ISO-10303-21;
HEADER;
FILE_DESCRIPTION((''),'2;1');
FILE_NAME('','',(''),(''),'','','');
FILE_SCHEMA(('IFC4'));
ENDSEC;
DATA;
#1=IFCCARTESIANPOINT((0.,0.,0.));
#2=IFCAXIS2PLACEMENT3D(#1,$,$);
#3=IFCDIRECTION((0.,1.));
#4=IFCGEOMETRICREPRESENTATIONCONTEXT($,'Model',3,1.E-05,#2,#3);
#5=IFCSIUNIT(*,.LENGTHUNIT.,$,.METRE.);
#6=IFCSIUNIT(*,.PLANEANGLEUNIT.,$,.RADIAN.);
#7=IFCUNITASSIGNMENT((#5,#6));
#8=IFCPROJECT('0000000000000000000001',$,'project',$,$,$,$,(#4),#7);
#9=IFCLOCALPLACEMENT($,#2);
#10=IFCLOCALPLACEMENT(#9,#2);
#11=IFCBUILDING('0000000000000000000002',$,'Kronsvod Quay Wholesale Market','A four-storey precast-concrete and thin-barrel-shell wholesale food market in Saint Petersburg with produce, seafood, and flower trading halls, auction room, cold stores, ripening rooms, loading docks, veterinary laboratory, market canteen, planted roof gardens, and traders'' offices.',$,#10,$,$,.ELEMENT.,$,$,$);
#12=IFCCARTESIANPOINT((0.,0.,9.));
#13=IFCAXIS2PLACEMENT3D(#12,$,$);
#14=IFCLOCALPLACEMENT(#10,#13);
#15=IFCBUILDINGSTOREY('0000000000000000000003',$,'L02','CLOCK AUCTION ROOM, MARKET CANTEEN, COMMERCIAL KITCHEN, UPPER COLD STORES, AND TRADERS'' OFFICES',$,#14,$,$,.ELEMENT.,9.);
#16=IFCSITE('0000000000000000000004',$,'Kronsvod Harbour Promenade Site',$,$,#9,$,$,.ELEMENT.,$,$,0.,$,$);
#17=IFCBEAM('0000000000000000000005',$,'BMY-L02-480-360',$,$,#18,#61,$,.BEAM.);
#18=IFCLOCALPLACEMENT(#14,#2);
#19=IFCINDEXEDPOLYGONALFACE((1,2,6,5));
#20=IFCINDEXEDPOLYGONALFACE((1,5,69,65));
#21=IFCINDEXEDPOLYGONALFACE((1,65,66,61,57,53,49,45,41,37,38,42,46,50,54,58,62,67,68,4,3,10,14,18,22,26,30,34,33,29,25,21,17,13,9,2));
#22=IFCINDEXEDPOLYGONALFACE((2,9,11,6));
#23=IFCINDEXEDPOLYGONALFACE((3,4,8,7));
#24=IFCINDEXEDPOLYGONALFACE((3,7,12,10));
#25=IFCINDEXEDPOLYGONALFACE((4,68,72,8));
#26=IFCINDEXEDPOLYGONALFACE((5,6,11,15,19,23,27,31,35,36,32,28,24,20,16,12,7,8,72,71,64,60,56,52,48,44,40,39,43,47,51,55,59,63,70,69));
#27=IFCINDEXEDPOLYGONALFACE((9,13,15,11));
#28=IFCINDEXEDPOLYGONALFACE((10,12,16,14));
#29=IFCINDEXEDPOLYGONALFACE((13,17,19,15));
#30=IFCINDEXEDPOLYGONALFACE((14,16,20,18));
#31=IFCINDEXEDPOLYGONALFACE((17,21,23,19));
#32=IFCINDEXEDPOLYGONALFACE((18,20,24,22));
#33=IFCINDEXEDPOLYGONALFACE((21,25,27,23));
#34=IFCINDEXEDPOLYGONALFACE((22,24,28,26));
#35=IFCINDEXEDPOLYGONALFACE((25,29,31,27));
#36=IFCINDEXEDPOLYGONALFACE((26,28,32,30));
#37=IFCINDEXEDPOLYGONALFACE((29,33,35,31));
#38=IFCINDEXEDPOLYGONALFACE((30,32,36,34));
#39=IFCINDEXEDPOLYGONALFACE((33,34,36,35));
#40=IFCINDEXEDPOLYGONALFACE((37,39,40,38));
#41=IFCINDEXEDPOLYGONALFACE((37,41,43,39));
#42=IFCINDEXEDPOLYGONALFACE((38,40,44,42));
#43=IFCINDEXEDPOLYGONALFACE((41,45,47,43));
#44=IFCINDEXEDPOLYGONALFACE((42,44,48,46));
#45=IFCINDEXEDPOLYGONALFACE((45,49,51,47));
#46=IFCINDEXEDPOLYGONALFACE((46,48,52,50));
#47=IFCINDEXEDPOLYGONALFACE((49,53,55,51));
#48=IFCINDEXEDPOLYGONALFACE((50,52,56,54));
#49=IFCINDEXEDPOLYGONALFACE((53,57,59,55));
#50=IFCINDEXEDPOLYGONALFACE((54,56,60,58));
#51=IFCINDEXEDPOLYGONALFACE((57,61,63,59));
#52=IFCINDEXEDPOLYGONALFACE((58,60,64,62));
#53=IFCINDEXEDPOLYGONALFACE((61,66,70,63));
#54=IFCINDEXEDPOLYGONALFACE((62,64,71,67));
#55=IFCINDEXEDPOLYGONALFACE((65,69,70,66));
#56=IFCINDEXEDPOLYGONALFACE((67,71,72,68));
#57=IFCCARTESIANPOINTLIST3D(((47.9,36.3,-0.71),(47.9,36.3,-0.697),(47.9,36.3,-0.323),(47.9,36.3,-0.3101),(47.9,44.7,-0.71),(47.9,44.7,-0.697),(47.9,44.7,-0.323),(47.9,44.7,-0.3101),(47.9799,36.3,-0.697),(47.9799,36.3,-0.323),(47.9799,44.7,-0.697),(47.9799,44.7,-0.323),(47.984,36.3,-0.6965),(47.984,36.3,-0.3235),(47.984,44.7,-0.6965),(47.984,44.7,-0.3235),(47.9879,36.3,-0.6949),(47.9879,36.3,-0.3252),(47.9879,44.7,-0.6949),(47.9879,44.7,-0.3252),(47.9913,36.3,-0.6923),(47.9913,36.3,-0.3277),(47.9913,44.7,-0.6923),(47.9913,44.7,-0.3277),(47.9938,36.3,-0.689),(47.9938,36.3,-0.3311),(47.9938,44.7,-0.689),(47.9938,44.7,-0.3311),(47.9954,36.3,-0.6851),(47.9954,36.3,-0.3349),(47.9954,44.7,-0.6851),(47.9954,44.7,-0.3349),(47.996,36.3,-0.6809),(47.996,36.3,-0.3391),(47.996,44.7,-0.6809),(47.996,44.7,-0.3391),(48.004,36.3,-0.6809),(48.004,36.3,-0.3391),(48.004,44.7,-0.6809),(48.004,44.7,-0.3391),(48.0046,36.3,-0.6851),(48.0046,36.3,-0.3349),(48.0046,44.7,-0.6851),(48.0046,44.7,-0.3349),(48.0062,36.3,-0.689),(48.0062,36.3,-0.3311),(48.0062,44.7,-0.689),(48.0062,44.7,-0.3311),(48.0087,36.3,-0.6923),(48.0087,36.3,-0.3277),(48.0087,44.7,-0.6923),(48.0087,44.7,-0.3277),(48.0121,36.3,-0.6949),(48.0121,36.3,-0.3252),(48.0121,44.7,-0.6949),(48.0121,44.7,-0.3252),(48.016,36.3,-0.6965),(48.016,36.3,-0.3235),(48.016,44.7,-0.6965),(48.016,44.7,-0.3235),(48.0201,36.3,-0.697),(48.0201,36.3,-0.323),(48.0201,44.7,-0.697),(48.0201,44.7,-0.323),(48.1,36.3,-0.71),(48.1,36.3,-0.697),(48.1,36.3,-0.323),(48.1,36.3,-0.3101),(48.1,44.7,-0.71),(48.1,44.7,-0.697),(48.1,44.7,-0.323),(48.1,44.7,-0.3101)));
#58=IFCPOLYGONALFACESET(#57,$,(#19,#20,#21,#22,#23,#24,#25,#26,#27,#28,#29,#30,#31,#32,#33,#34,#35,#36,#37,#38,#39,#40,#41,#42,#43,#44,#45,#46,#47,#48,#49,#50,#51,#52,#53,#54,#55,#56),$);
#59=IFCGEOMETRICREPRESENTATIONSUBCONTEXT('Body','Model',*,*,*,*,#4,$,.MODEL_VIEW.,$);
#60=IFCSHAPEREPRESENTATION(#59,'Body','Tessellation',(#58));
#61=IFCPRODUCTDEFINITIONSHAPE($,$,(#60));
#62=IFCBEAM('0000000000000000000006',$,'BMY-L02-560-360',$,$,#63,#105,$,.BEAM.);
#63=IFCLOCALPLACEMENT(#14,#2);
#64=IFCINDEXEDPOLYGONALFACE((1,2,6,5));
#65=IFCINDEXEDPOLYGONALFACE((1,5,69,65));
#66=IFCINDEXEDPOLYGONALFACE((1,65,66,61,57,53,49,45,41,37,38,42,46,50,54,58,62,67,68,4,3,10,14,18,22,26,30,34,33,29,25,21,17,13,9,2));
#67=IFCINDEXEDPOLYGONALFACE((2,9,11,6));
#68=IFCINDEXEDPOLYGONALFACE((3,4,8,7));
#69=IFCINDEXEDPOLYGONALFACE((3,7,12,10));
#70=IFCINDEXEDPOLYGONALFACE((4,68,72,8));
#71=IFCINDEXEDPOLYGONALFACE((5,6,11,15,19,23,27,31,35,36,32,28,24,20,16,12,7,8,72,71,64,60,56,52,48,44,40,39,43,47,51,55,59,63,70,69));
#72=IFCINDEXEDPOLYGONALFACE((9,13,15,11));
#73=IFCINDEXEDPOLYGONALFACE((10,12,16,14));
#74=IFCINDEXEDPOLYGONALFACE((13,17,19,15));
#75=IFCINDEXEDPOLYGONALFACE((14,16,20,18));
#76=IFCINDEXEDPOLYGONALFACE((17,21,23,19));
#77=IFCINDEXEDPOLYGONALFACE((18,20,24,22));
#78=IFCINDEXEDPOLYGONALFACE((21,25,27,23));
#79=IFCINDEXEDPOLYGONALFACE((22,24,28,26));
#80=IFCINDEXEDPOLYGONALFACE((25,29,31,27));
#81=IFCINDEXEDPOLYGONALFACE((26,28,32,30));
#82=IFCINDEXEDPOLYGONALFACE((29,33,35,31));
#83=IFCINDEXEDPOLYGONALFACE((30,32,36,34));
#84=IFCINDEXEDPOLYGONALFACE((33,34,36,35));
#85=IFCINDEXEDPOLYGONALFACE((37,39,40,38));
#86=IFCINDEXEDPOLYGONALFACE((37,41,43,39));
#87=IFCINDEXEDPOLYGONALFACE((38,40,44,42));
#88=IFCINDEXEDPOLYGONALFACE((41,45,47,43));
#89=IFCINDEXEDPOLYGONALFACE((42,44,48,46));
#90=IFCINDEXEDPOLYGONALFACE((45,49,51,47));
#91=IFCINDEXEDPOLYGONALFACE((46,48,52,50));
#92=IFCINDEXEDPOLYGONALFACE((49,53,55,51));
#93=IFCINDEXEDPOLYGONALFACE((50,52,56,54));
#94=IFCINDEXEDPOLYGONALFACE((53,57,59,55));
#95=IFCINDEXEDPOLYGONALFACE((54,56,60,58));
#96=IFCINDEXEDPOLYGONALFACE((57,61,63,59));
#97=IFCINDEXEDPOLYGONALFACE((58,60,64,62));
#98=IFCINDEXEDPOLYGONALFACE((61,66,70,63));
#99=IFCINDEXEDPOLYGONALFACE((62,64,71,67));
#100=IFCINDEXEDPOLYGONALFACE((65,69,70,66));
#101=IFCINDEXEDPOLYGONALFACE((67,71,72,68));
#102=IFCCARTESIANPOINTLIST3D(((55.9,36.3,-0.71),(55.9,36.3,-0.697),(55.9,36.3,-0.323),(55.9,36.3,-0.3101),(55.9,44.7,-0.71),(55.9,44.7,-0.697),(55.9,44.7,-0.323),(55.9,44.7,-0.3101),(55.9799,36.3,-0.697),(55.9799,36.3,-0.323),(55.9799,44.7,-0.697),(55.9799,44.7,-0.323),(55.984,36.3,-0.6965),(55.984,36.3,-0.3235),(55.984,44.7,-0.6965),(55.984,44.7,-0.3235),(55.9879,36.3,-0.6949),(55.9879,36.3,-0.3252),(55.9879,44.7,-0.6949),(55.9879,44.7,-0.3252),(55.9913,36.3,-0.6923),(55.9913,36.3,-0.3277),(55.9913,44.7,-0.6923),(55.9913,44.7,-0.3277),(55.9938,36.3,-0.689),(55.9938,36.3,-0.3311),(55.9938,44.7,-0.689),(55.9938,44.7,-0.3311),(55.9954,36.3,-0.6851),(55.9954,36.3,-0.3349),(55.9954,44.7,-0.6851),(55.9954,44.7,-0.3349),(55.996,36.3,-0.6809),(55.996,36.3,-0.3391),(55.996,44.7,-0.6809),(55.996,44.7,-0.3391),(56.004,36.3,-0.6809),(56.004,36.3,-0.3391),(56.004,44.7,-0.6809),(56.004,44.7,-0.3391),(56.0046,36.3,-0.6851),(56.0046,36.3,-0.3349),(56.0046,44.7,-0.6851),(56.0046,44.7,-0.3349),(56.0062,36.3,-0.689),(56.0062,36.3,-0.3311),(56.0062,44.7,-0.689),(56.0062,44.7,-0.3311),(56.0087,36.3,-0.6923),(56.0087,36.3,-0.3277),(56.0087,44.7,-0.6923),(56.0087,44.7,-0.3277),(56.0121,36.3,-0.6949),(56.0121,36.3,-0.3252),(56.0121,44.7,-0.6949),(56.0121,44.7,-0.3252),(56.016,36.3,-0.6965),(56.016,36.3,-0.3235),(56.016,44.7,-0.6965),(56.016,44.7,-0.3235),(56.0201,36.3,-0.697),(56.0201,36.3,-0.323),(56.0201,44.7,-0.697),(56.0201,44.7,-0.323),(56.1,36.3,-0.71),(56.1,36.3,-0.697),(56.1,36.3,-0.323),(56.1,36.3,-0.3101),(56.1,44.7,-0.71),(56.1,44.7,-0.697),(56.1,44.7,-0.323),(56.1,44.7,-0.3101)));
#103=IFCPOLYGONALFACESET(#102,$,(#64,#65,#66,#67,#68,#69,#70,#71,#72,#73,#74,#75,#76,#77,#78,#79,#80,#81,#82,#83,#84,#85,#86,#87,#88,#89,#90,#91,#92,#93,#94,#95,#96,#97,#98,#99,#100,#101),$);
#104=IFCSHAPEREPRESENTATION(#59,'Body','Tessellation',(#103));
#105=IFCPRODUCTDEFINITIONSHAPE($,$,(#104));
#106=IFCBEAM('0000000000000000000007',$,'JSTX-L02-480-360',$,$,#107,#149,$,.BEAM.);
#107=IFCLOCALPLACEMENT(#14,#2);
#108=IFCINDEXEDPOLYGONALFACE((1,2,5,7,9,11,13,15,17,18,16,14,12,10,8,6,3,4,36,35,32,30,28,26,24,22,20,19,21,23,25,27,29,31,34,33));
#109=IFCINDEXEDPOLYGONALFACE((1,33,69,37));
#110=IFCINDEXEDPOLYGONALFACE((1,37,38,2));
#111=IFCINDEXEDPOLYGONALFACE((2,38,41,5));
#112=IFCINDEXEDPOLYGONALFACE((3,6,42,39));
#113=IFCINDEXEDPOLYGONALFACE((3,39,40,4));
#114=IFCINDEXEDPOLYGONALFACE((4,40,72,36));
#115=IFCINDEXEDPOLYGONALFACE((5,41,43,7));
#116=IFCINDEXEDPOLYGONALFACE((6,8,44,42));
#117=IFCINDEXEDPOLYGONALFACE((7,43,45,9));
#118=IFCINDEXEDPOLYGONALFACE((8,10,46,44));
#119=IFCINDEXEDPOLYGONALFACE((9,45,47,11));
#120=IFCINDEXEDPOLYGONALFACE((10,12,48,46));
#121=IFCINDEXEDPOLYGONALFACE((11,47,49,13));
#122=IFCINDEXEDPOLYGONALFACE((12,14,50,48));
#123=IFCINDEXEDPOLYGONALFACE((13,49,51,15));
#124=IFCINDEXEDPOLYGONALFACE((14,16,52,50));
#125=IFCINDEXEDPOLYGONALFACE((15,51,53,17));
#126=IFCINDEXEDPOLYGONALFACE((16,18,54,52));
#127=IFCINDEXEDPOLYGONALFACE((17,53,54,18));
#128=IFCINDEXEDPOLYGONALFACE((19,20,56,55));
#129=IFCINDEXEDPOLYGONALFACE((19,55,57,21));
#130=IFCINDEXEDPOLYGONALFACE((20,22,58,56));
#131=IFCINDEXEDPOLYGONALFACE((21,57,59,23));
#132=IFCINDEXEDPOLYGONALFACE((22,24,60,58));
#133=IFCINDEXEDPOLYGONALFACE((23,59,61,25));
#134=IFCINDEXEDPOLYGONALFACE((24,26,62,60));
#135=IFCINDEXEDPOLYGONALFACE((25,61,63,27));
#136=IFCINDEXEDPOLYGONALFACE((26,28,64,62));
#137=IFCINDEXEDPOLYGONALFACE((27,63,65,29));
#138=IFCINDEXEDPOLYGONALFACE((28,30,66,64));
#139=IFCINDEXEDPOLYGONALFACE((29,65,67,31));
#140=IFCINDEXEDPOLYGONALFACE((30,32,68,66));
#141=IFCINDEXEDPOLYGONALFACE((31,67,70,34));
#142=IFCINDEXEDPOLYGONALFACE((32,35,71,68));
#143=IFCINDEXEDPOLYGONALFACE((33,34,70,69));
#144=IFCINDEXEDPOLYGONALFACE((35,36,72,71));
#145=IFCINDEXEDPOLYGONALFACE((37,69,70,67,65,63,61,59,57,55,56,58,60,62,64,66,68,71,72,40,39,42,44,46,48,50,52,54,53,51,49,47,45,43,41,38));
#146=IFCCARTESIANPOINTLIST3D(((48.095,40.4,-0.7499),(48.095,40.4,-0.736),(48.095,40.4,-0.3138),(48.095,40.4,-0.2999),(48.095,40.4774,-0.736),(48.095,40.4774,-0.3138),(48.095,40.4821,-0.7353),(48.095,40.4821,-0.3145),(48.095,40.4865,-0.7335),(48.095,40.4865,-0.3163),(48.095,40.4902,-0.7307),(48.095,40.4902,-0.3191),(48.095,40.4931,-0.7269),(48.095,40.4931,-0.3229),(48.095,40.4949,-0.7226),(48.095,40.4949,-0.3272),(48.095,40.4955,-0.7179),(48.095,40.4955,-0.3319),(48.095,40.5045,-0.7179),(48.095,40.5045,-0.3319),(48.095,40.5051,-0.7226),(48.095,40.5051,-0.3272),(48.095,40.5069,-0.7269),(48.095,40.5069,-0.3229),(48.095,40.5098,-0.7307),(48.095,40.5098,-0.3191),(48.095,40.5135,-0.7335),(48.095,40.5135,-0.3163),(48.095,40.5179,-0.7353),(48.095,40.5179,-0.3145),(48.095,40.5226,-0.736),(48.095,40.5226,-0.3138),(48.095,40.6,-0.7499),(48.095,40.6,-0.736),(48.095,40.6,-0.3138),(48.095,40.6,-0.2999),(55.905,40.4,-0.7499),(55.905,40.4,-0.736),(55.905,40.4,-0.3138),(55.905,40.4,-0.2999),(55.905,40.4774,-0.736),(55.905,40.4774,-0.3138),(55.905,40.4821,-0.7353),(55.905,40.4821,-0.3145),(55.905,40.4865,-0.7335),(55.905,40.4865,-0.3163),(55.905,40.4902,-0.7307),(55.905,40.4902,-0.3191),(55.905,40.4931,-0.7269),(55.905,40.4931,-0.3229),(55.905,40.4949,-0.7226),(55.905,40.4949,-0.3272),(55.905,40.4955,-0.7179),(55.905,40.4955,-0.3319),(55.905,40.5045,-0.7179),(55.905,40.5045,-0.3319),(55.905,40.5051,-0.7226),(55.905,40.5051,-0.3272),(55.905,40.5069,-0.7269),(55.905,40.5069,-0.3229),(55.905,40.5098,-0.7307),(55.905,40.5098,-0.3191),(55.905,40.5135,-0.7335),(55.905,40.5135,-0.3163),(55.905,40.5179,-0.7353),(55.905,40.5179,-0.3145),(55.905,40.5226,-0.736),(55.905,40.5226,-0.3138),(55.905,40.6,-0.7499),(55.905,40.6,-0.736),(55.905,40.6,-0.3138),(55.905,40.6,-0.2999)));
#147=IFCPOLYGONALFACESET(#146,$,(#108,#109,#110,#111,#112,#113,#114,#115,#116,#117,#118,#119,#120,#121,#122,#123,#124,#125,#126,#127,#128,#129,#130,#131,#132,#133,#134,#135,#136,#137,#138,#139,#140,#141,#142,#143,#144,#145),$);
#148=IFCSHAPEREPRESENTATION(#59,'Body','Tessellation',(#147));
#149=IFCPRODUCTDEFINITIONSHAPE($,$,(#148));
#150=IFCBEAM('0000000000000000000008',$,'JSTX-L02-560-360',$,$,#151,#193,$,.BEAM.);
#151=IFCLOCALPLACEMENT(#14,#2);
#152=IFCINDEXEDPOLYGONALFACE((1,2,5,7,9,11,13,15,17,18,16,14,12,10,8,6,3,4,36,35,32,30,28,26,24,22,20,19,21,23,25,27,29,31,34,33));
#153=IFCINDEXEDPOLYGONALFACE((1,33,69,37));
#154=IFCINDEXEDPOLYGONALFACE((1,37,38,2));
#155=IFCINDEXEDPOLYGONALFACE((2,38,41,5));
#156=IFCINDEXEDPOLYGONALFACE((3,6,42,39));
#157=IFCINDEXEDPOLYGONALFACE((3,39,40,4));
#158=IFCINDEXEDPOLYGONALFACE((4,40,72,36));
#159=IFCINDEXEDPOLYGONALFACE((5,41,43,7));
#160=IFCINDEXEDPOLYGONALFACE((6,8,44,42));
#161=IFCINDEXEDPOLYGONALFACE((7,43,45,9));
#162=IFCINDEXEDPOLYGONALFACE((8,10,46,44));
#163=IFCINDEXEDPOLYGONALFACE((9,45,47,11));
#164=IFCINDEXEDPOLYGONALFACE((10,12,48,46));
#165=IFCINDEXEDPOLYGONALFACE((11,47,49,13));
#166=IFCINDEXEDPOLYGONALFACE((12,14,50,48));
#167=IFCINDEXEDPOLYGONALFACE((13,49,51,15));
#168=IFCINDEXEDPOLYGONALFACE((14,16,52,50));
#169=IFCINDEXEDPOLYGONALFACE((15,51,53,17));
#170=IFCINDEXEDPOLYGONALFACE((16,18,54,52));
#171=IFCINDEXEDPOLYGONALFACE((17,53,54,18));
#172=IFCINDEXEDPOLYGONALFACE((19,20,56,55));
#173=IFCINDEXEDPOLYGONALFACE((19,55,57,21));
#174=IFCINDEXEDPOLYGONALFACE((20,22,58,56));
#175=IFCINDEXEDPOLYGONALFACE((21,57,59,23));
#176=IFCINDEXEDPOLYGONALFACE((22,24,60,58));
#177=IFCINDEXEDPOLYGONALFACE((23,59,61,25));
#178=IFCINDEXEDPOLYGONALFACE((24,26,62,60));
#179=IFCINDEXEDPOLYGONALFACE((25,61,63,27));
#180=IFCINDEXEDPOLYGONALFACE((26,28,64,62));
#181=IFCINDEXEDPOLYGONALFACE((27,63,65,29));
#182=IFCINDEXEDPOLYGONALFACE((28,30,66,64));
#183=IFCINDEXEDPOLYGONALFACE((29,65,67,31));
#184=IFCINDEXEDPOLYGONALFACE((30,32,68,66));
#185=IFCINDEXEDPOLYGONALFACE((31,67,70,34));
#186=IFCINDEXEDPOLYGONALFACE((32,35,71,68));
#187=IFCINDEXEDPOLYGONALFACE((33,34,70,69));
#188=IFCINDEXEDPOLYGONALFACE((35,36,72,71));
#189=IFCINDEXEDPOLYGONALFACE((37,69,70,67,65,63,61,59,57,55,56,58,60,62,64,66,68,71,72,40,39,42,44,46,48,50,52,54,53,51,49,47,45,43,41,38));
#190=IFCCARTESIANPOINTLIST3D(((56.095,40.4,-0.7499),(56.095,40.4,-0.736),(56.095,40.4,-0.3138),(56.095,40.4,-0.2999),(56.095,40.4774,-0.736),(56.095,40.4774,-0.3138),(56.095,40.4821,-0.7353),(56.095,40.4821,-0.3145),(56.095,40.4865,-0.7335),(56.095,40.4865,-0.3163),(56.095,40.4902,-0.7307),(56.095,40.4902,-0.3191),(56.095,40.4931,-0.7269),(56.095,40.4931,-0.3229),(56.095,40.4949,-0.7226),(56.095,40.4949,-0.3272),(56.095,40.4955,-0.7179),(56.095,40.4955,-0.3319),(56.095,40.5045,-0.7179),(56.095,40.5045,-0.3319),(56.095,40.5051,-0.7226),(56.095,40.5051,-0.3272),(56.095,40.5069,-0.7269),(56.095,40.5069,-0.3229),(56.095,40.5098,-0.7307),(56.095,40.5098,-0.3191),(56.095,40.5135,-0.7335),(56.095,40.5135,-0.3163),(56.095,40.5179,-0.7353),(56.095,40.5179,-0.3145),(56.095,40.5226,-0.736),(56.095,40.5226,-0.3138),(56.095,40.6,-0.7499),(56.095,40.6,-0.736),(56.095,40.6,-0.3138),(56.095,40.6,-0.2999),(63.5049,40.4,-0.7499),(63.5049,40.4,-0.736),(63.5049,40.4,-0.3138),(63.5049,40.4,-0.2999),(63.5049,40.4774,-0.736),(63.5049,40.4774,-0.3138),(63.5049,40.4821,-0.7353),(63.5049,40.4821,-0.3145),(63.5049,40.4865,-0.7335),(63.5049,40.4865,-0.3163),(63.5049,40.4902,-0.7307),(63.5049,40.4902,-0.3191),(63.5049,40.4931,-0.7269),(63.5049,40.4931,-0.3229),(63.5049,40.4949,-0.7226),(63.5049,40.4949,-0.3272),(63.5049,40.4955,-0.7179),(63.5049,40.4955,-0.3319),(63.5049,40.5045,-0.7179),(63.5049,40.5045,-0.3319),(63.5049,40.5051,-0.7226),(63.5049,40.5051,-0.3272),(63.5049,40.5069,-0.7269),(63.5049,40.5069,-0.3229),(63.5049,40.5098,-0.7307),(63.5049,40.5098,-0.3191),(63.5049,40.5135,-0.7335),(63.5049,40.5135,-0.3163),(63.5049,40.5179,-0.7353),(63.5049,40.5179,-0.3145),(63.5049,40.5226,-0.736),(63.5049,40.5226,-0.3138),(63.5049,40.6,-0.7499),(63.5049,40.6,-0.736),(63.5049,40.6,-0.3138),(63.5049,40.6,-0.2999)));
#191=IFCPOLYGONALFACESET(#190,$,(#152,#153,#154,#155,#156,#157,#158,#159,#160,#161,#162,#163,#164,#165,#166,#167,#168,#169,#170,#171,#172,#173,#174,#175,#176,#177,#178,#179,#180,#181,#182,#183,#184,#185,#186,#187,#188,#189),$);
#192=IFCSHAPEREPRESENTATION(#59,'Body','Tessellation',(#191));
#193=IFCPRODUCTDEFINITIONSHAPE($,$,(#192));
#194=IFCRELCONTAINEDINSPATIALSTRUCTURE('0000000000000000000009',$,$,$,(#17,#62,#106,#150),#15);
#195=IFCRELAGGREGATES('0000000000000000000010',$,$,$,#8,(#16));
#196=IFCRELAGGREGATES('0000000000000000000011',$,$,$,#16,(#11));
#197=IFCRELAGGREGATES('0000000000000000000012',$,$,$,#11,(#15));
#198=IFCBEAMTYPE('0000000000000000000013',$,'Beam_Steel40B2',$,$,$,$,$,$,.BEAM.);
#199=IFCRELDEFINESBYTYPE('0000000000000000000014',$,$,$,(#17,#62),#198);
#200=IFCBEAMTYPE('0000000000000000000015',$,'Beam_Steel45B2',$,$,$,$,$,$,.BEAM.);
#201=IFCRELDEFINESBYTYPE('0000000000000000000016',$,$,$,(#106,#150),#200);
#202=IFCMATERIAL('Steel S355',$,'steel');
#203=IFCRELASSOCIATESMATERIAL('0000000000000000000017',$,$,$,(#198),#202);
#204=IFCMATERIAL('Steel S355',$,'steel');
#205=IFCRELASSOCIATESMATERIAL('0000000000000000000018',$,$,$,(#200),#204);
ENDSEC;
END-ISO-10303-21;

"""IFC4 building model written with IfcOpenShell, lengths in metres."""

from ifc_helpers import new_model, si_unit, direction, frame, origin, origin_2d, place, context, subcontext, project, spatial, i_section, extrude, material, material_profile, profile_set, type_object, element, save


model = new_model("IFC4")

# Units and contexts
model_context = context("Model", 3, precision=1e-05, world=origin(), true_north=direction((0.0, 1.0)))
body_context = subcontext(model_context, "Body", "Model", "MODEL_VIEW")
ifc_project = project(units=[si_unit("LENGTHUNIT", "METRE"), si_unit("PLANEANGLEUNIT", "RADIAN")], contexts=[model_context])

# Site, building, storey
site_placement = place(None, origin())
site = spatial("IfcSite", under=ifc_project, at=site_placement, Name="Kronsvod Harbour Promenade Site", CompositionType="ELEMENT", RefElevation=0.0)
building_placement = place(site_placement, origin())
building = spatial("IfcBuilding", under=site, at=building_placement, Name="Kronsvod Quay Wholesale Market", Description="A four-storey precast-concrete and thin-barrel-shell wholesale food market in Saint Petersburg with produce, seafood, and flower trading halls, auction room, cold stores, ripening rooms, loading docks, veterinary laboratory, market canteen, planted roof gardens, and traders' offices.", CompositionType="ELEMENT")
storey_placement = place(building_placement, frame((0.0, 0.0, 9.0)))
storey = spatial("IfcBuildingStorey", under=building, at=storey_placement, Name="L02", Description="CLOCK AUCTION ROOM, MARKET CANTEEN, COMMERCIAL KITCHEN, UPPER COLD STORES, AND TRADERS' OFFICES", CompositionType="ELEMENT", Elevation=9.0)

# Beams
ifc_material_1 = material(Name="Steel S355", Category="steel")
ifc_material_profile_1 = material_profile(ifc_material_1, i_section(OverallWidth=0.2, OverallDepth=0.3999, WebThickness=0.0081, FlangeThickness=0.0129, FilletRadius=0.0161, at=origin_2d()), Name="40B2")
ifc_profile_set_1 = profile_set([ifc_material_profile_1], Name="Steel S355")
beam_type_1 = type_object("IfcBeamType", Name="Beam_Steel40B2", PredefinedType="BEAM", material=ifc_profile_set_1)
for number, where, z_axis, x_axis, name in (
    (1, (48.0, 36.3, -0.51), (0.0, 1.0, 0.0), (-1.0, 0.0, 0.0), "BMY-L02-480-360"),
    (2, (56.0, 36.3, -0.51), (0.0, 1.0, 0.0), (-1.0, 0.0, 0.0), "BMY-L02-560-360"),
):
    element("IfcBeam", number, at=place(storey_placement, frame(where, z_axis=z_axis, x_axis=x_axis)), inside=storey, type_object=beam_type_1, Name=name, PredefinedType="BEAM", context=body_context, shape_type="SweptSolid", body=[
        extrude(i_section(OverallWidth=0.2, OverallDepth=0.3999, WebThickness=0.0081, FlangeThickness=0.0129, FilletRadius=0.0161, at=origin_2d()), origin(), (0.0, 0.0, 1.0), 8.3999),
    ])
ifc_material_2 = material(Name="Steel S355", Category="steel")
ifc_material_profile_2 = material_profile(ifc_material_2, i_section(OverallWidth=0.2, OverallDepth=0.45, WebThickness=0.009, FlangeThickness=0.0139, FilletRadius=0.0181, at=origin_2d()), Name="45B2")
ifc_profile_set_2 = profile_set([ifc_material_profile_2], Name="Steel S355")
beam_type_2 = type_object("IfcBeamType", Name="Beam_Steel45B2", PredefinedType="BEAM", material=ifc_profile_set_2)
beam_1_placement = place(storey_placement, frame((48.095, 40.5, -0.5249), z_axis=(1.0, 0.0, 0.0), x_axis=(0.0, 1.0, 0.0)))
element("IfcBeam", 3, at=beam_1_placement, inside=storey, type_object=beam_type_2, Name="JSTX-L02-480-360", PredefinedType="BEAM", context=body_context, shape_type="SweptSolid", body=[
    extrude(i_section(OverallWidth=0.2, OverallDepth=0.45, WebThickness=0.009, FlangeThickness=0.0139, FilletRadius=0.0181, at=origin_2d()), origin(), (0.0, 0.0, 1.0), 7.8101),
])
beam_2_placement = place(storey_placement, frame((56.095, 40.5, -0.5249), z_axis=(1.0, 0.0, 0.0), x_axis=(0.0, 1.0, 0.0)))
element("IfcBeam", 4, at=beam_2_placement, inside=storey, type_object=beam_type_2, Name="JSTX-L02-560-360", PredefinedType="BEAM", context=body_context, shape_type="SweptSolid", body=[
    extrude(i_section(OverallWidth=0.2, OverallDepth=0.45, WebThickness=0.009, FlangeThickness=0.0139, FilletRadius=0.0181, at=origin_2d()), origin(), (0.0, 0.0, 1.0), 7.4099),
])

save(model, "model.ifc")
